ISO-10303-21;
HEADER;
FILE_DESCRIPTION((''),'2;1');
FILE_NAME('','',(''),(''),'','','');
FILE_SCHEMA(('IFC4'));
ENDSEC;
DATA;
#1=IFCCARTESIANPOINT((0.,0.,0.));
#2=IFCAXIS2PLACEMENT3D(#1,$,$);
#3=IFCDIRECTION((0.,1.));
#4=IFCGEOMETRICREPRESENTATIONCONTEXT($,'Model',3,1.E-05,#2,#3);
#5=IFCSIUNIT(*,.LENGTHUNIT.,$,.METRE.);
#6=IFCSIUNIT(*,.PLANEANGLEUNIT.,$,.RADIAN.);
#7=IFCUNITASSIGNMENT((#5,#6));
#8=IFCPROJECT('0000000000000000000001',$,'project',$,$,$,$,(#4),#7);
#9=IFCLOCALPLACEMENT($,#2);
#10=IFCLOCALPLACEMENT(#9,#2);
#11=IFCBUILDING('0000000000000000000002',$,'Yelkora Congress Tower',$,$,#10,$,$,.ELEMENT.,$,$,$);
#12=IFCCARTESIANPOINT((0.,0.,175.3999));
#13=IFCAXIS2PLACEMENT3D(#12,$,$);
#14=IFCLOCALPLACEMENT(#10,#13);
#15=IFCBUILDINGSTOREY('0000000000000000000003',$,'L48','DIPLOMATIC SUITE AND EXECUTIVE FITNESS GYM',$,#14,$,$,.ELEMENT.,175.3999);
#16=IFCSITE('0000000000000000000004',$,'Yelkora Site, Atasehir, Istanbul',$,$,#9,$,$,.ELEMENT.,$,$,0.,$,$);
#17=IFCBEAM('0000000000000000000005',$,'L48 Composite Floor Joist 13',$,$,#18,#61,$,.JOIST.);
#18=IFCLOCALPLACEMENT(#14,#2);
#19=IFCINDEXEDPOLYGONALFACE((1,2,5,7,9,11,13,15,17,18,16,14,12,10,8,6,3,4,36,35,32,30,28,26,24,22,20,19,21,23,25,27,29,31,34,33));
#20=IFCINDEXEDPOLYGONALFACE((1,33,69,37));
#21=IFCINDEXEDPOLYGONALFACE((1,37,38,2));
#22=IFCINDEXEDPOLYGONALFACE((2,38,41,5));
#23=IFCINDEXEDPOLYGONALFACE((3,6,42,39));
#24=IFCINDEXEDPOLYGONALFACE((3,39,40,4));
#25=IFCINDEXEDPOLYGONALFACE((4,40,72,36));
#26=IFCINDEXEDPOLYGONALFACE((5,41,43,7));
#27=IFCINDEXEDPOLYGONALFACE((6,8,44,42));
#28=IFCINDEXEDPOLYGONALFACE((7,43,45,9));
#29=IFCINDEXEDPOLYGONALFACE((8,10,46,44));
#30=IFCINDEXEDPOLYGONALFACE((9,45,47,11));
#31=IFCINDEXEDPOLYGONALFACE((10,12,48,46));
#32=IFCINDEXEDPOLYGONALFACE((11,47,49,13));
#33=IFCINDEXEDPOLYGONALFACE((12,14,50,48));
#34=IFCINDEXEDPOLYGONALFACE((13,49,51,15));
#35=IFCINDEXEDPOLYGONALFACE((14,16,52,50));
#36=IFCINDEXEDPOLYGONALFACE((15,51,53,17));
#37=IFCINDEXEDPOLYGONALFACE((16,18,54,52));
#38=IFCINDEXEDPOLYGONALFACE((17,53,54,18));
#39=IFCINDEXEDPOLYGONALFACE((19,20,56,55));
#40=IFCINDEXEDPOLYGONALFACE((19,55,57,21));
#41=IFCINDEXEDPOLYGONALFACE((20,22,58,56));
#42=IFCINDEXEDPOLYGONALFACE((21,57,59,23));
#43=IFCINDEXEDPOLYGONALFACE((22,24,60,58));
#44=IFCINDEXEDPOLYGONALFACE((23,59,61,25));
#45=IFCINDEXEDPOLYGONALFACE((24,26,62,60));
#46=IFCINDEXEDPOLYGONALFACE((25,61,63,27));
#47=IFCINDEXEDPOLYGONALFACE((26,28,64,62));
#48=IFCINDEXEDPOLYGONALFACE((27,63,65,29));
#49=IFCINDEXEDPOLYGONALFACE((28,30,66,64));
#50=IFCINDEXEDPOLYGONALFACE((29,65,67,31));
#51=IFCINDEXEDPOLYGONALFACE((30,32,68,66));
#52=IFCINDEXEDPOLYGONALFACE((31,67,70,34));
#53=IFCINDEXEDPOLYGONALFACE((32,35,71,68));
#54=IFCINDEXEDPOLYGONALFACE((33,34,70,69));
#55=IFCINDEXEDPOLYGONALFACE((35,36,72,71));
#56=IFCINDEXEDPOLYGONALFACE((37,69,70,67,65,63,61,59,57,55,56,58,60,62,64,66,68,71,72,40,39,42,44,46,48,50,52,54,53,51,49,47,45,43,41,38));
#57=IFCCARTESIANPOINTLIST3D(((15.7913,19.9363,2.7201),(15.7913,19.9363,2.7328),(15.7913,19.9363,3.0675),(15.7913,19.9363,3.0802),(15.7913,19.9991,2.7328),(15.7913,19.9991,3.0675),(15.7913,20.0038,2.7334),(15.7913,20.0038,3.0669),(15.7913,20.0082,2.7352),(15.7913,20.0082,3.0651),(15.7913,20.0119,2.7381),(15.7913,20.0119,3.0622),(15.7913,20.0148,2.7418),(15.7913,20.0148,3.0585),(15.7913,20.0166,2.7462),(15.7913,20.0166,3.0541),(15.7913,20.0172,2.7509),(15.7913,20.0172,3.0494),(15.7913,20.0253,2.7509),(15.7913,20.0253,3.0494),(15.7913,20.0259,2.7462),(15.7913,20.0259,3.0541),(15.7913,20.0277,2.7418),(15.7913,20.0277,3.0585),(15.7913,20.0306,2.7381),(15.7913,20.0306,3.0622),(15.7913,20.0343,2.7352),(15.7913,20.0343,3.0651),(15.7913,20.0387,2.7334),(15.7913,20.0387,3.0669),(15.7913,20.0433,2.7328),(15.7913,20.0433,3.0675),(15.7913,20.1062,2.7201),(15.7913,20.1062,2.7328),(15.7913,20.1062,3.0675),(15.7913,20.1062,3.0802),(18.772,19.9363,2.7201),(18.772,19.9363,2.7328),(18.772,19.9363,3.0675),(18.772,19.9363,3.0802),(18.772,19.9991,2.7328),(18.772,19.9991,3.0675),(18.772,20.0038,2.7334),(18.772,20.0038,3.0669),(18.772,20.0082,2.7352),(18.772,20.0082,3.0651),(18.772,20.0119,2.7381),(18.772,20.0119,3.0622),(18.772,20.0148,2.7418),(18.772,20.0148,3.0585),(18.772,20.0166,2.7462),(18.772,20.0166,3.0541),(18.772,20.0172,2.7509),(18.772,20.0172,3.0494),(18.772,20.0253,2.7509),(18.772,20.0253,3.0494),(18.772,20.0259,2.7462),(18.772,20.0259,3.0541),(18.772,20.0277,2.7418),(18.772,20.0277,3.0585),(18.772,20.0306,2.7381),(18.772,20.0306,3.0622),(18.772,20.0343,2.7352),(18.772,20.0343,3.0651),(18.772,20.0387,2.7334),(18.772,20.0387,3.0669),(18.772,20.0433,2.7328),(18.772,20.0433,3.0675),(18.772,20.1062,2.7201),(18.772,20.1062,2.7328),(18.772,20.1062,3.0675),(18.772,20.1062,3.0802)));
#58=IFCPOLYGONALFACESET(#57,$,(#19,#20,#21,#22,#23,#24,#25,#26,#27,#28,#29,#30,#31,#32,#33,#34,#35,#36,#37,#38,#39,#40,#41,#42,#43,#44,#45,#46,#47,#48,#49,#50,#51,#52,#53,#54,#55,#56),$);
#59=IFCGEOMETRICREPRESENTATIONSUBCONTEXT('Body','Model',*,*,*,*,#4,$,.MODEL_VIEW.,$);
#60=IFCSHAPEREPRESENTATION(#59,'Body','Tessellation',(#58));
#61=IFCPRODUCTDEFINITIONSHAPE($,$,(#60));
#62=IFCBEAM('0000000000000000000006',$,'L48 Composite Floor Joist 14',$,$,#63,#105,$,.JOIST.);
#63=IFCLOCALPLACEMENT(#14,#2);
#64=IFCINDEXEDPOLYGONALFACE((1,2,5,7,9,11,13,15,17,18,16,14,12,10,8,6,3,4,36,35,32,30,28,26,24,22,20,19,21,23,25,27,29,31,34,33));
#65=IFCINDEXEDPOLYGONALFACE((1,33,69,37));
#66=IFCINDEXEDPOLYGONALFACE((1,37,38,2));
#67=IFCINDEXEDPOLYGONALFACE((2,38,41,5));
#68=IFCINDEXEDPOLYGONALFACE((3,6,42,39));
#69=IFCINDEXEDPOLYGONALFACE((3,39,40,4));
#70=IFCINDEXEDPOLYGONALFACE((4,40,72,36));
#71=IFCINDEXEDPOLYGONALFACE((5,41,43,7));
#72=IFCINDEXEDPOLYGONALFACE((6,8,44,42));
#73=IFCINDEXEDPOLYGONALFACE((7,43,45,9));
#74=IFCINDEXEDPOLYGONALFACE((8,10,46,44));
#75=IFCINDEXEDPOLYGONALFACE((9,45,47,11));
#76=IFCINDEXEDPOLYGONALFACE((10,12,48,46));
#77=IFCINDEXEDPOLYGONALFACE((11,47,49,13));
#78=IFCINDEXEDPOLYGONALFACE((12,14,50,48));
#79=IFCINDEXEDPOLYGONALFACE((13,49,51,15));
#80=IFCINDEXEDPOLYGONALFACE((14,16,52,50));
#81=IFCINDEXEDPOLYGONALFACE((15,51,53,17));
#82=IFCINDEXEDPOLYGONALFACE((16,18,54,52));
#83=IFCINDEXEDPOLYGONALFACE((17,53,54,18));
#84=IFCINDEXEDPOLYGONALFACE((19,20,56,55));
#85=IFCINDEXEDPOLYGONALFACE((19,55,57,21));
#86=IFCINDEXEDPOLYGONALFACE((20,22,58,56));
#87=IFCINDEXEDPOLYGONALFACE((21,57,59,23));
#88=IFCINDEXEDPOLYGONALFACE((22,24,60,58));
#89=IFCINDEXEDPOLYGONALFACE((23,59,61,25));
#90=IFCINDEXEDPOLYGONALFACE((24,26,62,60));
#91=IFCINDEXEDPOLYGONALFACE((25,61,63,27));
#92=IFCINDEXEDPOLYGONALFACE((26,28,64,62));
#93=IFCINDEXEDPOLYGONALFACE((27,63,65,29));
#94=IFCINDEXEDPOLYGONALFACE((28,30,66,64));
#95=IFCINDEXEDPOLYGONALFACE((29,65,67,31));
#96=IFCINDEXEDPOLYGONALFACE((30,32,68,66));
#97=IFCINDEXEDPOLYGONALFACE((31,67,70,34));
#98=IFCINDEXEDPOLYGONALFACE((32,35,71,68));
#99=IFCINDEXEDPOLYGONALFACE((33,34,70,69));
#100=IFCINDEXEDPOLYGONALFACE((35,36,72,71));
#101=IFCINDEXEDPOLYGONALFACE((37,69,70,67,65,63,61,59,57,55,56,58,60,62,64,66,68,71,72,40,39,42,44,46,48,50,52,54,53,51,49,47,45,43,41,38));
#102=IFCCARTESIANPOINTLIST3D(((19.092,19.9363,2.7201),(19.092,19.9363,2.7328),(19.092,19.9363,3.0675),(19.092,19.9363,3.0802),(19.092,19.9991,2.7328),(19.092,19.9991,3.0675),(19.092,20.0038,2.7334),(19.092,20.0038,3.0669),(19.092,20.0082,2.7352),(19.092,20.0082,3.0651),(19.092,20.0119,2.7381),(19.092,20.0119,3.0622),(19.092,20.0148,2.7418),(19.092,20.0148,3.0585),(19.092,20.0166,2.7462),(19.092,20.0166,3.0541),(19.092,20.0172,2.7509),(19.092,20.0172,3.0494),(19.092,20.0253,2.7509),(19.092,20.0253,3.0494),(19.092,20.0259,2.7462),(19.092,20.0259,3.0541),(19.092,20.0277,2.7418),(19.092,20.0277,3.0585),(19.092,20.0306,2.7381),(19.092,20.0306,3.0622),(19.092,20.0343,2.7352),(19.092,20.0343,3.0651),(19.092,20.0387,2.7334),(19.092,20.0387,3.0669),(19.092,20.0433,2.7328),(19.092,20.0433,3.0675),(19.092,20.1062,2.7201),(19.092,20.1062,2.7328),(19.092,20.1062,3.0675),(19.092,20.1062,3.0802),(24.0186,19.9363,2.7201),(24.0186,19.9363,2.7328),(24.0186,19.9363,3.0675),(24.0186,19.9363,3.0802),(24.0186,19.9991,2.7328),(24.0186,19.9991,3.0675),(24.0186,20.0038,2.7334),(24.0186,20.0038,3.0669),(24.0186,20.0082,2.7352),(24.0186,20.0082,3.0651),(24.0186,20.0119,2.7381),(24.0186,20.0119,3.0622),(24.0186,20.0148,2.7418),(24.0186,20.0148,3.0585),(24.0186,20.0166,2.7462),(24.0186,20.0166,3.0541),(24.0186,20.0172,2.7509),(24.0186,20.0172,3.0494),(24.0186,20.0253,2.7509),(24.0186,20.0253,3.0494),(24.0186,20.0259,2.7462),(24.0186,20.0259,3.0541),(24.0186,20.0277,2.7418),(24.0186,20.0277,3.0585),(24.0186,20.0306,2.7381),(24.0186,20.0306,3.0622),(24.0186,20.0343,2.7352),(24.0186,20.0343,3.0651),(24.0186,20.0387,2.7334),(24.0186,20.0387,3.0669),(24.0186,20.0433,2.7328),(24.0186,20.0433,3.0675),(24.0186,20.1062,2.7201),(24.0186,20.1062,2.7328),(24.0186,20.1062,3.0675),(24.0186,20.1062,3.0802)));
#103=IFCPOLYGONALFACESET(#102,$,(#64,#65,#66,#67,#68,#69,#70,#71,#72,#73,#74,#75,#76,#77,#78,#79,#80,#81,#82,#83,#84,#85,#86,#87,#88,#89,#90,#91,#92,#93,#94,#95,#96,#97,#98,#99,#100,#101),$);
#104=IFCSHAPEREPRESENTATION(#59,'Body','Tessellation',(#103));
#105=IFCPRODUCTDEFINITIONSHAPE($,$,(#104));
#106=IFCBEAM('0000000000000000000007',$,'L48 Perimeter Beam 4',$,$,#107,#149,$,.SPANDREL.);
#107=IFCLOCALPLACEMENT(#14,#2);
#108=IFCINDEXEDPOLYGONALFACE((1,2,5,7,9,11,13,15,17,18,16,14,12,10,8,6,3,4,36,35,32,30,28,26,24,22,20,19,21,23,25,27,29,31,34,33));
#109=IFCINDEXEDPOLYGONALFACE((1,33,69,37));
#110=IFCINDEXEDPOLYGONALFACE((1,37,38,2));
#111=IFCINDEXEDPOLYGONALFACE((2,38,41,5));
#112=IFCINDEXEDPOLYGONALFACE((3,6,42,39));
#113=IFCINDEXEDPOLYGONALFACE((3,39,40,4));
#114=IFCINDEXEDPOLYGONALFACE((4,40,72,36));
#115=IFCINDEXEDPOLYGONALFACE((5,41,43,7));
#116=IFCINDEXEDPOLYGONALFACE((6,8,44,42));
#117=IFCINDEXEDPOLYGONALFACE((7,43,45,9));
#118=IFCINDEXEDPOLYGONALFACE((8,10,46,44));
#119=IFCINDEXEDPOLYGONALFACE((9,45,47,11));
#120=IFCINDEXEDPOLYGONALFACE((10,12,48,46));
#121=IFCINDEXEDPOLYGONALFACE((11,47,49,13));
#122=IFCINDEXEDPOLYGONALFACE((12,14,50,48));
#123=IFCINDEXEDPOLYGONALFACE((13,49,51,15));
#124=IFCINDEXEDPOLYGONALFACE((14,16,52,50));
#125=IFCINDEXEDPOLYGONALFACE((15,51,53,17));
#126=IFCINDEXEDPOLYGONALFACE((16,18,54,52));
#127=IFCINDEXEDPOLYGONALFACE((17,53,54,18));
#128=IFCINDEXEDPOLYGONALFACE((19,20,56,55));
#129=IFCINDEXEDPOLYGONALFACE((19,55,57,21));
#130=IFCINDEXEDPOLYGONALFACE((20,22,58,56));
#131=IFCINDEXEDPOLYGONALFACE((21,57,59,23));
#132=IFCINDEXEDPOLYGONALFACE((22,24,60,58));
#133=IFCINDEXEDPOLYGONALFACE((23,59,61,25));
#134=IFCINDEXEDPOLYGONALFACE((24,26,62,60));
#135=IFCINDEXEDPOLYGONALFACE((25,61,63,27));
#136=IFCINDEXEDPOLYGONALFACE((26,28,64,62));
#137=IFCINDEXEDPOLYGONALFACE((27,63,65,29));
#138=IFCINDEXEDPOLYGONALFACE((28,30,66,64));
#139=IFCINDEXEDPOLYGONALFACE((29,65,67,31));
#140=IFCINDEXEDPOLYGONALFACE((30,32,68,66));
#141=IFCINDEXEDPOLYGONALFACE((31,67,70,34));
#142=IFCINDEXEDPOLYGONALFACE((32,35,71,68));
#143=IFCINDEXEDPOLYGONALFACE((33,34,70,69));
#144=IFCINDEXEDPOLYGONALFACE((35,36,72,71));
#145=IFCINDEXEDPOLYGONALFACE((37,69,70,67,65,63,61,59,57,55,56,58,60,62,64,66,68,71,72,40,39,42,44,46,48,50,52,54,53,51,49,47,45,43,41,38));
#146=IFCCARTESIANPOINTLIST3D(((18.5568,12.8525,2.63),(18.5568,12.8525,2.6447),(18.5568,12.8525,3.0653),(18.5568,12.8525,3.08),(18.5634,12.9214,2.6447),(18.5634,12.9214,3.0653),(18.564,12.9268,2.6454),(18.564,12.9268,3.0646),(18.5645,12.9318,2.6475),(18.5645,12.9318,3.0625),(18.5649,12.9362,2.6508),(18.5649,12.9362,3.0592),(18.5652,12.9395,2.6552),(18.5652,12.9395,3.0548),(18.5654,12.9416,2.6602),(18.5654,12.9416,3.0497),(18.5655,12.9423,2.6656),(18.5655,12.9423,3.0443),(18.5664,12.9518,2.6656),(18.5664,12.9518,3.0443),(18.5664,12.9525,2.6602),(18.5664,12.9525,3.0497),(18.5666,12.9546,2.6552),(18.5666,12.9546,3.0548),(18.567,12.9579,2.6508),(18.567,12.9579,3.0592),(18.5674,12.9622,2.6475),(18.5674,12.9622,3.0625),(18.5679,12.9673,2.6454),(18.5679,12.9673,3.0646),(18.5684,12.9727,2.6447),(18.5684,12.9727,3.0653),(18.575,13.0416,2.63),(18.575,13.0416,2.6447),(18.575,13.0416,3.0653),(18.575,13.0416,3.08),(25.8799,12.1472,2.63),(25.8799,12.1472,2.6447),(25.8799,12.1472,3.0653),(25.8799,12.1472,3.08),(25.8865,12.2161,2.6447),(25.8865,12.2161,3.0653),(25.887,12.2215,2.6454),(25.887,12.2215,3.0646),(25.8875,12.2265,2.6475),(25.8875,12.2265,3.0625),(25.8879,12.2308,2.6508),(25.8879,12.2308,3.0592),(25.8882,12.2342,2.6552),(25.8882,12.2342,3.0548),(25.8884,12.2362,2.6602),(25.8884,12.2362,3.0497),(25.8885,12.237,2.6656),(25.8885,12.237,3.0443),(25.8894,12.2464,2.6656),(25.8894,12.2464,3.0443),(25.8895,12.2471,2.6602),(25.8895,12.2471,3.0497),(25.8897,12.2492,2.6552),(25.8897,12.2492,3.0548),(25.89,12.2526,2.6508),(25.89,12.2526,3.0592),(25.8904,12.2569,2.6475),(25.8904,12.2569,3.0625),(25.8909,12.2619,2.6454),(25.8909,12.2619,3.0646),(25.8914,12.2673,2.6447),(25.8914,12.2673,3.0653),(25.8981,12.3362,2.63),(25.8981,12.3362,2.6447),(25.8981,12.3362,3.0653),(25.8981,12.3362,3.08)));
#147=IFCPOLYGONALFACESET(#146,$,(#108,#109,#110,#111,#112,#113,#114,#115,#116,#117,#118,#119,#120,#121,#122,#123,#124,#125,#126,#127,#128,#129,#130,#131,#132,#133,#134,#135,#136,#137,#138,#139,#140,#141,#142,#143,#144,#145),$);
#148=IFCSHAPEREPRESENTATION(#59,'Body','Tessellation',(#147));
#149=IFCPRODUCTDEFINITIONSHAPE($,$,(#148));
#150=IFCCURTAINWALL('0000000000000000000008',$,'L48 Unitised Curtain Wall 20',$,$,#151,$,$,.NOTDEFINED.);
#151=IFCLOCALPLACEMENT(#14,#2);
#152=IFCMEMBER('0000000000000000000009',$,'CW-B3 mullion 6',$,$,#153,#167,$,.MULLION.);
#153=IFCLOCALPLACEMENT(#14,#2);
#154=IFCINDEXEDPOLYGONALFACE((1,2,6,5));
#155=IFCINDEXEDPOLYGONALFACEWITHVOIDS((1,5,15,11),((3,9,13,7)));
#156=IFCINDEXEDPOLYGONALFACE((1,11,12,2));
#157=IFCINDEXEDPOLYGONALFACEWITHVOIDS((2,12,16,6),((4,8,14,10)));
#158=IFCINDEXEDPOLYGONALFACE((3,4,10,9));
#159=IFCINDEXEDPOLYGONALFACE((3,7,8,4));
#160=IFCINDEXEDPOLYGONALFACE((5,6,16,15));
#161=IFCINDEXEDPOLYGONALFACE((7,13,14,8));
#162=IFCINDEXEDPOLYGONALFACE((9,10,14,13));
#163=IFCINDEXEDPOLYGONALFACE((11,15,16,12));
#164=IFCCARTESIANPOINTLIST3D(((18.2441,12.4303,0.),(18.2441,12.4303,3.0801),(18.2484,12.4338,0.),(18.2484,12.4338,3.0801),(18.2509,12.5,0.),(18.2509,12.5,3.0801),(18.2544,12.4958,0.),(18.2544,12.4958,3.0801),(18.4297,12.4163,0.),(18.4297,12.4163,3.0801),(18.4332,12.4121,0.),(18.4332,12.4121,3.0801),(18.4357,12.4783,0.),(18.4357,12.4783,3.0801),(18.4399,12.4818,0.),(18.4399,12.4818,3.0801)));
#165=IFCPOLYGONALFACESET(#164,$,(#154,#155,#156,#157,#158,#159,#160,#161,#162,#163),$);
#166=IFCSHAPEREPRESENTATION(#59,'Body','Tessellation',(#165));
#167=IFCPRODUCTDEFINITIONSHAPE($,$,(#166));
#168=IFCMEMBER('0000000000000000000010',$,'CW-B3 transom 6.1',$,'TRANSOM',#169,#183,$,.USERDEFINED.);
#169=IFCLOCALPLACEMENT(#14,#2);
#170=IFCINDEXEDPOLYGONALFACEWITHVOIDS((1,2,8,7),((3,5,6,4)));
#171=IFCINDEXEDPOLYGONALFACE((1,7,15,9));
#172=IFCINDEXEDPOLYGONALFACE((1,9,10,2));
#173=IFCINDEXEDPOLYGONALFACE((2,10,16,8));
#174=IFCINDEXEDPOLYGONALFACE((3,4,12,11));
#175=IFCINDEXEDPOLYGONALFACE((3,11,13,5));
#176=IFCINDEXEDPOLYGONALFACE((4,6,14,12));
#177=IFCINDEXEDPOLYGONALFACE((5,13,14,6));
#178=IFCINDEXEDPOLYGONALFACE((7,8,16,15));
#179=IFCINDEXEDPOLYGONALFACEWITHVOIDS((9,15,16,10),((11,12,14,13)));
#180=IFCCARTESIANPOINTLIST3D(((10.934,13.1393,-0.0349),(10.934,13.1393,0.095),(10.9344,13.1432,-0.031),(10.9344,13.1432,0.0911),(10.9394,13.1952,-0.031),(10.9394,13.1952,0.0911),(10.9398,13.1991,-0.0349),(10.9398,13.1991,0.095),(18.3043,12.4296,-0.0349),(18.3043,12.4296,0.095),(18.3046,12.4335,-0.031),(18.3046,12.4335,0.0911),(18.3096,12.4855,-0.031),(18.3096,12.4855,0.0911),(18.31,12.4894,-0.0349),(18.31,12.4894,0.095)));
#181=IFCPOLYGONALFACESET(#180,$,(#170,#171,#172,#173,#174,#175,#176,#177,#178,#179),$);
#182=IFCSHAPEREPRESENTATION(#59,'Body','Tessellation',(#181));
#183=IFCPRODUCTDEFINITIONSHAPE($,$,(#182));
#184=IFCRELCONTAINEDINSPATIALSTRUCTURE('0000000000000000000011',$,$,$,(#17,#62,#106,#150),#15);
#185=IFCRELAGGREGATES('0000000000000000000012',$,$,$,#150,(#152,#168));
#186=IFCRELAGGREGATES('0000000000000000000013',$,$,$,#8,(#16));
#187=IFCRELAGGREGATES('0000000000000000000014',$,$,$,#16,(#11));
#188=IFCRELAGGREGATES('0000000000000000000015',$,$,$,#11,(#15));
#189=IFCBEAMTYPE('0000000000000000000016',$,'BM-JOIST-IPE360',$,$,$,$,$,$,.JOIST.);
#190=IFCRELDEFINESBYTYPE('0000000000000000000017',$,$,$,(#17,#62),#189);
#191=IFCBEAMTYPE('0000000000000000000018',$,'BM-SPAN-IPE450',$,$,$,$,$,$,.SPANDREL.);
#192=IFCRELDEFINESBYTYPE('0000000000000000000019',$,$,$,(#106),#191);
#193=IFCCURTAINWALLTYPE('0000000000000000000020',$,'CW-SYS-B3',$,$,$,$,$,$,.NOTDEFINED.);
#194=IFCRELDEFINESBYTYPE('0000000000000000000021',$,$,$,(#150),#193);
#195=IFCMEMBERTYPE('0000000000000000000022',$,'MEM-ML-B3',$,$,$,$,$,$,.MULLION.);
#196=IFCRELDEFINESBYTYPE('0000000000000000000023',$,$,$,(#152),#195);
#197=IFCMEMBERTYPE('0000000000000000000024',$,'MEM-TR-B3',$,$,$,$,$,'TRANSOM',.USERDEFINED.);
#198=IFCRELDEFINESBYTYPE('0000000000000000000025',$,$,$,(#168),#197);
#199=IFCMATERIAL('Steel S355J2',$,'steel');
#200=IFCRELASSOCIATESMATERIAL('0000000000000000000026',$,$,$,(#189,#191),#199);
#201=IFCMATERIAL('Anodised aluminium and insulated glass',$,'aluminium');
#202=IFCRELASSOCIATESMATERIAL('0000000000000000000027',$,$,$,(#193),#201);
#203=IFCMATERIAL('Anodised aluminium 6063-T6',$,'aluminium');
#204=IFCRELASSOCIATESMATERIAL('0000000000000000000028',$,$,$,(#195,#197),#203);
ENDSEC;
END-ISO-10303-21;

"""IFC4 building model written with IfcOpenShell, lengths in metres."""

from ifc_helpers import new_model, si_unit, direction, frame, origin, origin_2d, place, context, subcontext, project, spatial, hollow_rectangle, i_section, extrude, material, material_profile, profile_set, type_object, element, aggregate, save


model = new_model("IFC4")

# Units and contexts
model_context = context("Model", 3, precision=1e-05, world=origin(), true_north=direction((0.0, 1.0)))
body_context = subcontext(model_context, "Body", "Model", "MODEL_VIEW")
ifc_project = project(units=[si_unit("LENGTHUNIT", "METRE"), si_unit("PLANEANGLEUNIT", "RADIAN")], contexts=[model_context])

# Site, building, storey
site_placement = place(None, origin())
site = spatial("IfcSite", under=ifc_project, at=site_placement, Name="Yelkora Site, Atasehir, Istanbul", CompositionType="ELEMENT", RefElevation=0.0)
building_placement = place(site_placement, origin())
building = spatial("IfcBuilding", under=site, at=building_placement, Name="Yelkora Congress Tower", CompositionType="ELEMENT")
storey_placement = place(building_placement, frame((0.0, 0.0, 175.3999)))
storey = spatial("IfcBuildingStorey", under=building, at=storey_placement, Name="L48", Description="DIPLOMATIC SUITE AND EXECUTIVE FITNESS GYM", CompositionType="ELEMENT", Elevation=175.3999)

# Beams
ifc_material_1 = material(Name="Steel S355J2", Category="steel")
ifc_material_profile_1 = material_profile(ifc_material_1, i_section(OverallWidth=0.1699, OverallDepth=0.3601, WebThickness=0.0081, FlangeThickness=0.0127, FilletRadius=0.0181, at=origin_2d()), Name="IPE 360")
ifc_profile_set_1 = profile_set([ifc_material_profile_1], Name="Steel S355J2")
beam_type_1 = type_object("IfcBeamType", Name="BM-JOIST-IPE360", PredefinedType="JOIST", material=ifc_profile_set_1)
beam_1_placement = place(storey_placement, frame((15.7913, 20.0212, 2.9001), z_axis=(1.0, 0.0, 0.0), x_axis=(0.0, 1.0, 0.0)))
element("IfcBeam", 1, at=beam_1_placement, inside=storey, type_object=beam_type_1, Name="L48 Composite Floor Joist 13", PredefinedType="JOIST", context=body_context, shape_type="SweptSolid", body=[
    extrude(i_section(OverallWidth=0.1699, OverallDepth=0.3601, WebThickness=0.0081, FlangeThickness=0.0127, FilletRadius=0.0181, at=origin_2d()), origin(), (0.0, 0.0, 1.0), 2.9807),
])
beam_2_placement = place(storey_placement, frame((19.092, 20.0212, 2.9001), z_axis=(1.0, 0.0, 0.0), x_axis=(0.0, 1.0, 0.0)))
element("IfcBeam", 2, at=beam_2_placement, inside=storey, type_object=beam_type_1, Name="L48 Composite Floor Joist 14", PredefinedType="JOIST", context=body_context, shape_type="SweptSolid", body=[
    extrude(i_section(OverallWidth=0.1699, OverallDepth=0.3601, WebThickness=0.0081, FlangeThickness=0.0127, FilletRadius=0.0181, at=origin_2d()), origin(), (0.0, 0.0, 1.0), 4.9265),
])
ifc_material_profile_2 = material_profile(ifc_material_1, i_section(OverallWidth=0.1899, OverallDepth=0.45, WebThickness=0.0095, FlangeThickness=0.0146, FilletRadius=0.021, at=origin_2d()), Name="IPE 450")
ifc_profile_set_2 = profile_set([ifc_material_profile_2], Name="Steel S355J2")
beam_type_2 = type_object("IfcBeamType", Name="BM-SPAN-IPE450", PredefinedType="SPANDREL", material=ifc_profile_set_2)
beam_3_placement = place(storey_placement, frame((18.5659, 12.947, 2.855), z_axis=(0.995394, -0.095872, 0.0), x_axis=(0.095872, 0.995394, 0.0)))
element("IfcBeam", 3, at=beam_3_placement, inside=storey, type_object=beam_type_2, Name="L48 Perimeter Beam 4", PredefinedType="SPANDREL", context=body_context, shape_type="SweptSolid", body=[
    extrude(i_section(OverallWidth=0.1899, OverallDepth=0.45, WebThickness=0.0095, FlangeThickness=0.0146, FilletRadius=0.021, at=origin_2d()), origin(), (0.0, 0.0, 1.0), 7.3569),
])

# Curtain wall, members
ifc_material_2 = material(Name="Anodised aluminium and insulated glass", Category="aluminium")
curtain_wall_type = type_object("IfcCurtainWallType", Name="CW-SYS-B3", PredefinedType="NOTDEFINED", material=ifc_material_2)
curtain_wall_placement = place(storey_placement, origin())
curtain_wall = element("IfcCurtainWall", 4, at=curtain_wall_placement, inside=storey, type_object=curtain_wall_type, Name="L48 Unitised Curtain Wall 20", PredefinedType="NOTDEFINED")
ifc_material_3 = material(Name="Anodised aluminium 6063-T6", Category="aluminium")
ifc_material_profile_3 = material_profile(ifc_material_3, hollow_rectangle(XDim=0.0701, YDim=0.1899, WallThickness=0.0039, at=origin_2d()), Name="ALU 70x190x4")
ifc_profile_set_3 = profile_set([ifc_material_profile_3], Name="Anodised aluminium 6063-T6")
member_type_1 = type_object("IfcMemberType", Name="MEM-ML-B3", PredefinedType="MULLION", material=ifc_profile_set_3)
member_1_placement = place(storey_placement, frame((18.342, 12.4561, 0.0), z_axis=(0.0, 0.0, 1.0), x_axis=(-0.095845, -0.995396, 0.0)))
member_1 = element("IfcMember", 5, at=member_1_placement, type_object=member_type_1, Name="CW-B3 mullion 6", PredefinedType="MULLION", context=body_context, shape_type="SweptSolid", body=[
    extrude(hollow_rectangle(XDim=0.0701, YDim=0.1899, WallThickness=0.0039, at=origin_2d()), origin(), (0.0, 0.0, 1.0), 3.0801),
])
ifc_material_profile_4 = material_profile(ifc_material_3, hollow_rectangle(XDim=0.0601, YDim=0.1299, WallThickness=0.0039, at=origin_2d()), Name="ALU 60x130x4")
ifc_profile_set_4 = profile_set([ifc_material_profile_4], Name="Anodised aluminium 6063-T6")
member_type_2 = type_object("IfcMemberType", Name="MEM-TR-B3", ElementType="TRANSOM", PredefinedType="USERDEFINED", material=ifc_profile_set_4)
member_2_placement = place(storey_placement, frame((18.3071, 12.4595, 0.03), z_axis=(-0.995395, 0.095853, 0.0), x_axis=(-0.095853, -0.995395, 0.0)))
member_2 = element("IfcMember", 6, at=member_2_placement, type_object=member_type_2, Name="CW-B3 transom 6.1", ObjectType="TRANSOM", PredefinedType="USERDEFINED", context=body_context, shape_type="SweptSolid", body=[
    extrude(hollow_rectangle(XDim=0.0601, YDim=0.1299, WallThickness=0.0039, at=origin_2d()), origin(), (0.0, 0.0, 1.0), 7.4043),
])
aggregate(curtain_wall, [member_1, member_2])

save(model, "model.ifc")
